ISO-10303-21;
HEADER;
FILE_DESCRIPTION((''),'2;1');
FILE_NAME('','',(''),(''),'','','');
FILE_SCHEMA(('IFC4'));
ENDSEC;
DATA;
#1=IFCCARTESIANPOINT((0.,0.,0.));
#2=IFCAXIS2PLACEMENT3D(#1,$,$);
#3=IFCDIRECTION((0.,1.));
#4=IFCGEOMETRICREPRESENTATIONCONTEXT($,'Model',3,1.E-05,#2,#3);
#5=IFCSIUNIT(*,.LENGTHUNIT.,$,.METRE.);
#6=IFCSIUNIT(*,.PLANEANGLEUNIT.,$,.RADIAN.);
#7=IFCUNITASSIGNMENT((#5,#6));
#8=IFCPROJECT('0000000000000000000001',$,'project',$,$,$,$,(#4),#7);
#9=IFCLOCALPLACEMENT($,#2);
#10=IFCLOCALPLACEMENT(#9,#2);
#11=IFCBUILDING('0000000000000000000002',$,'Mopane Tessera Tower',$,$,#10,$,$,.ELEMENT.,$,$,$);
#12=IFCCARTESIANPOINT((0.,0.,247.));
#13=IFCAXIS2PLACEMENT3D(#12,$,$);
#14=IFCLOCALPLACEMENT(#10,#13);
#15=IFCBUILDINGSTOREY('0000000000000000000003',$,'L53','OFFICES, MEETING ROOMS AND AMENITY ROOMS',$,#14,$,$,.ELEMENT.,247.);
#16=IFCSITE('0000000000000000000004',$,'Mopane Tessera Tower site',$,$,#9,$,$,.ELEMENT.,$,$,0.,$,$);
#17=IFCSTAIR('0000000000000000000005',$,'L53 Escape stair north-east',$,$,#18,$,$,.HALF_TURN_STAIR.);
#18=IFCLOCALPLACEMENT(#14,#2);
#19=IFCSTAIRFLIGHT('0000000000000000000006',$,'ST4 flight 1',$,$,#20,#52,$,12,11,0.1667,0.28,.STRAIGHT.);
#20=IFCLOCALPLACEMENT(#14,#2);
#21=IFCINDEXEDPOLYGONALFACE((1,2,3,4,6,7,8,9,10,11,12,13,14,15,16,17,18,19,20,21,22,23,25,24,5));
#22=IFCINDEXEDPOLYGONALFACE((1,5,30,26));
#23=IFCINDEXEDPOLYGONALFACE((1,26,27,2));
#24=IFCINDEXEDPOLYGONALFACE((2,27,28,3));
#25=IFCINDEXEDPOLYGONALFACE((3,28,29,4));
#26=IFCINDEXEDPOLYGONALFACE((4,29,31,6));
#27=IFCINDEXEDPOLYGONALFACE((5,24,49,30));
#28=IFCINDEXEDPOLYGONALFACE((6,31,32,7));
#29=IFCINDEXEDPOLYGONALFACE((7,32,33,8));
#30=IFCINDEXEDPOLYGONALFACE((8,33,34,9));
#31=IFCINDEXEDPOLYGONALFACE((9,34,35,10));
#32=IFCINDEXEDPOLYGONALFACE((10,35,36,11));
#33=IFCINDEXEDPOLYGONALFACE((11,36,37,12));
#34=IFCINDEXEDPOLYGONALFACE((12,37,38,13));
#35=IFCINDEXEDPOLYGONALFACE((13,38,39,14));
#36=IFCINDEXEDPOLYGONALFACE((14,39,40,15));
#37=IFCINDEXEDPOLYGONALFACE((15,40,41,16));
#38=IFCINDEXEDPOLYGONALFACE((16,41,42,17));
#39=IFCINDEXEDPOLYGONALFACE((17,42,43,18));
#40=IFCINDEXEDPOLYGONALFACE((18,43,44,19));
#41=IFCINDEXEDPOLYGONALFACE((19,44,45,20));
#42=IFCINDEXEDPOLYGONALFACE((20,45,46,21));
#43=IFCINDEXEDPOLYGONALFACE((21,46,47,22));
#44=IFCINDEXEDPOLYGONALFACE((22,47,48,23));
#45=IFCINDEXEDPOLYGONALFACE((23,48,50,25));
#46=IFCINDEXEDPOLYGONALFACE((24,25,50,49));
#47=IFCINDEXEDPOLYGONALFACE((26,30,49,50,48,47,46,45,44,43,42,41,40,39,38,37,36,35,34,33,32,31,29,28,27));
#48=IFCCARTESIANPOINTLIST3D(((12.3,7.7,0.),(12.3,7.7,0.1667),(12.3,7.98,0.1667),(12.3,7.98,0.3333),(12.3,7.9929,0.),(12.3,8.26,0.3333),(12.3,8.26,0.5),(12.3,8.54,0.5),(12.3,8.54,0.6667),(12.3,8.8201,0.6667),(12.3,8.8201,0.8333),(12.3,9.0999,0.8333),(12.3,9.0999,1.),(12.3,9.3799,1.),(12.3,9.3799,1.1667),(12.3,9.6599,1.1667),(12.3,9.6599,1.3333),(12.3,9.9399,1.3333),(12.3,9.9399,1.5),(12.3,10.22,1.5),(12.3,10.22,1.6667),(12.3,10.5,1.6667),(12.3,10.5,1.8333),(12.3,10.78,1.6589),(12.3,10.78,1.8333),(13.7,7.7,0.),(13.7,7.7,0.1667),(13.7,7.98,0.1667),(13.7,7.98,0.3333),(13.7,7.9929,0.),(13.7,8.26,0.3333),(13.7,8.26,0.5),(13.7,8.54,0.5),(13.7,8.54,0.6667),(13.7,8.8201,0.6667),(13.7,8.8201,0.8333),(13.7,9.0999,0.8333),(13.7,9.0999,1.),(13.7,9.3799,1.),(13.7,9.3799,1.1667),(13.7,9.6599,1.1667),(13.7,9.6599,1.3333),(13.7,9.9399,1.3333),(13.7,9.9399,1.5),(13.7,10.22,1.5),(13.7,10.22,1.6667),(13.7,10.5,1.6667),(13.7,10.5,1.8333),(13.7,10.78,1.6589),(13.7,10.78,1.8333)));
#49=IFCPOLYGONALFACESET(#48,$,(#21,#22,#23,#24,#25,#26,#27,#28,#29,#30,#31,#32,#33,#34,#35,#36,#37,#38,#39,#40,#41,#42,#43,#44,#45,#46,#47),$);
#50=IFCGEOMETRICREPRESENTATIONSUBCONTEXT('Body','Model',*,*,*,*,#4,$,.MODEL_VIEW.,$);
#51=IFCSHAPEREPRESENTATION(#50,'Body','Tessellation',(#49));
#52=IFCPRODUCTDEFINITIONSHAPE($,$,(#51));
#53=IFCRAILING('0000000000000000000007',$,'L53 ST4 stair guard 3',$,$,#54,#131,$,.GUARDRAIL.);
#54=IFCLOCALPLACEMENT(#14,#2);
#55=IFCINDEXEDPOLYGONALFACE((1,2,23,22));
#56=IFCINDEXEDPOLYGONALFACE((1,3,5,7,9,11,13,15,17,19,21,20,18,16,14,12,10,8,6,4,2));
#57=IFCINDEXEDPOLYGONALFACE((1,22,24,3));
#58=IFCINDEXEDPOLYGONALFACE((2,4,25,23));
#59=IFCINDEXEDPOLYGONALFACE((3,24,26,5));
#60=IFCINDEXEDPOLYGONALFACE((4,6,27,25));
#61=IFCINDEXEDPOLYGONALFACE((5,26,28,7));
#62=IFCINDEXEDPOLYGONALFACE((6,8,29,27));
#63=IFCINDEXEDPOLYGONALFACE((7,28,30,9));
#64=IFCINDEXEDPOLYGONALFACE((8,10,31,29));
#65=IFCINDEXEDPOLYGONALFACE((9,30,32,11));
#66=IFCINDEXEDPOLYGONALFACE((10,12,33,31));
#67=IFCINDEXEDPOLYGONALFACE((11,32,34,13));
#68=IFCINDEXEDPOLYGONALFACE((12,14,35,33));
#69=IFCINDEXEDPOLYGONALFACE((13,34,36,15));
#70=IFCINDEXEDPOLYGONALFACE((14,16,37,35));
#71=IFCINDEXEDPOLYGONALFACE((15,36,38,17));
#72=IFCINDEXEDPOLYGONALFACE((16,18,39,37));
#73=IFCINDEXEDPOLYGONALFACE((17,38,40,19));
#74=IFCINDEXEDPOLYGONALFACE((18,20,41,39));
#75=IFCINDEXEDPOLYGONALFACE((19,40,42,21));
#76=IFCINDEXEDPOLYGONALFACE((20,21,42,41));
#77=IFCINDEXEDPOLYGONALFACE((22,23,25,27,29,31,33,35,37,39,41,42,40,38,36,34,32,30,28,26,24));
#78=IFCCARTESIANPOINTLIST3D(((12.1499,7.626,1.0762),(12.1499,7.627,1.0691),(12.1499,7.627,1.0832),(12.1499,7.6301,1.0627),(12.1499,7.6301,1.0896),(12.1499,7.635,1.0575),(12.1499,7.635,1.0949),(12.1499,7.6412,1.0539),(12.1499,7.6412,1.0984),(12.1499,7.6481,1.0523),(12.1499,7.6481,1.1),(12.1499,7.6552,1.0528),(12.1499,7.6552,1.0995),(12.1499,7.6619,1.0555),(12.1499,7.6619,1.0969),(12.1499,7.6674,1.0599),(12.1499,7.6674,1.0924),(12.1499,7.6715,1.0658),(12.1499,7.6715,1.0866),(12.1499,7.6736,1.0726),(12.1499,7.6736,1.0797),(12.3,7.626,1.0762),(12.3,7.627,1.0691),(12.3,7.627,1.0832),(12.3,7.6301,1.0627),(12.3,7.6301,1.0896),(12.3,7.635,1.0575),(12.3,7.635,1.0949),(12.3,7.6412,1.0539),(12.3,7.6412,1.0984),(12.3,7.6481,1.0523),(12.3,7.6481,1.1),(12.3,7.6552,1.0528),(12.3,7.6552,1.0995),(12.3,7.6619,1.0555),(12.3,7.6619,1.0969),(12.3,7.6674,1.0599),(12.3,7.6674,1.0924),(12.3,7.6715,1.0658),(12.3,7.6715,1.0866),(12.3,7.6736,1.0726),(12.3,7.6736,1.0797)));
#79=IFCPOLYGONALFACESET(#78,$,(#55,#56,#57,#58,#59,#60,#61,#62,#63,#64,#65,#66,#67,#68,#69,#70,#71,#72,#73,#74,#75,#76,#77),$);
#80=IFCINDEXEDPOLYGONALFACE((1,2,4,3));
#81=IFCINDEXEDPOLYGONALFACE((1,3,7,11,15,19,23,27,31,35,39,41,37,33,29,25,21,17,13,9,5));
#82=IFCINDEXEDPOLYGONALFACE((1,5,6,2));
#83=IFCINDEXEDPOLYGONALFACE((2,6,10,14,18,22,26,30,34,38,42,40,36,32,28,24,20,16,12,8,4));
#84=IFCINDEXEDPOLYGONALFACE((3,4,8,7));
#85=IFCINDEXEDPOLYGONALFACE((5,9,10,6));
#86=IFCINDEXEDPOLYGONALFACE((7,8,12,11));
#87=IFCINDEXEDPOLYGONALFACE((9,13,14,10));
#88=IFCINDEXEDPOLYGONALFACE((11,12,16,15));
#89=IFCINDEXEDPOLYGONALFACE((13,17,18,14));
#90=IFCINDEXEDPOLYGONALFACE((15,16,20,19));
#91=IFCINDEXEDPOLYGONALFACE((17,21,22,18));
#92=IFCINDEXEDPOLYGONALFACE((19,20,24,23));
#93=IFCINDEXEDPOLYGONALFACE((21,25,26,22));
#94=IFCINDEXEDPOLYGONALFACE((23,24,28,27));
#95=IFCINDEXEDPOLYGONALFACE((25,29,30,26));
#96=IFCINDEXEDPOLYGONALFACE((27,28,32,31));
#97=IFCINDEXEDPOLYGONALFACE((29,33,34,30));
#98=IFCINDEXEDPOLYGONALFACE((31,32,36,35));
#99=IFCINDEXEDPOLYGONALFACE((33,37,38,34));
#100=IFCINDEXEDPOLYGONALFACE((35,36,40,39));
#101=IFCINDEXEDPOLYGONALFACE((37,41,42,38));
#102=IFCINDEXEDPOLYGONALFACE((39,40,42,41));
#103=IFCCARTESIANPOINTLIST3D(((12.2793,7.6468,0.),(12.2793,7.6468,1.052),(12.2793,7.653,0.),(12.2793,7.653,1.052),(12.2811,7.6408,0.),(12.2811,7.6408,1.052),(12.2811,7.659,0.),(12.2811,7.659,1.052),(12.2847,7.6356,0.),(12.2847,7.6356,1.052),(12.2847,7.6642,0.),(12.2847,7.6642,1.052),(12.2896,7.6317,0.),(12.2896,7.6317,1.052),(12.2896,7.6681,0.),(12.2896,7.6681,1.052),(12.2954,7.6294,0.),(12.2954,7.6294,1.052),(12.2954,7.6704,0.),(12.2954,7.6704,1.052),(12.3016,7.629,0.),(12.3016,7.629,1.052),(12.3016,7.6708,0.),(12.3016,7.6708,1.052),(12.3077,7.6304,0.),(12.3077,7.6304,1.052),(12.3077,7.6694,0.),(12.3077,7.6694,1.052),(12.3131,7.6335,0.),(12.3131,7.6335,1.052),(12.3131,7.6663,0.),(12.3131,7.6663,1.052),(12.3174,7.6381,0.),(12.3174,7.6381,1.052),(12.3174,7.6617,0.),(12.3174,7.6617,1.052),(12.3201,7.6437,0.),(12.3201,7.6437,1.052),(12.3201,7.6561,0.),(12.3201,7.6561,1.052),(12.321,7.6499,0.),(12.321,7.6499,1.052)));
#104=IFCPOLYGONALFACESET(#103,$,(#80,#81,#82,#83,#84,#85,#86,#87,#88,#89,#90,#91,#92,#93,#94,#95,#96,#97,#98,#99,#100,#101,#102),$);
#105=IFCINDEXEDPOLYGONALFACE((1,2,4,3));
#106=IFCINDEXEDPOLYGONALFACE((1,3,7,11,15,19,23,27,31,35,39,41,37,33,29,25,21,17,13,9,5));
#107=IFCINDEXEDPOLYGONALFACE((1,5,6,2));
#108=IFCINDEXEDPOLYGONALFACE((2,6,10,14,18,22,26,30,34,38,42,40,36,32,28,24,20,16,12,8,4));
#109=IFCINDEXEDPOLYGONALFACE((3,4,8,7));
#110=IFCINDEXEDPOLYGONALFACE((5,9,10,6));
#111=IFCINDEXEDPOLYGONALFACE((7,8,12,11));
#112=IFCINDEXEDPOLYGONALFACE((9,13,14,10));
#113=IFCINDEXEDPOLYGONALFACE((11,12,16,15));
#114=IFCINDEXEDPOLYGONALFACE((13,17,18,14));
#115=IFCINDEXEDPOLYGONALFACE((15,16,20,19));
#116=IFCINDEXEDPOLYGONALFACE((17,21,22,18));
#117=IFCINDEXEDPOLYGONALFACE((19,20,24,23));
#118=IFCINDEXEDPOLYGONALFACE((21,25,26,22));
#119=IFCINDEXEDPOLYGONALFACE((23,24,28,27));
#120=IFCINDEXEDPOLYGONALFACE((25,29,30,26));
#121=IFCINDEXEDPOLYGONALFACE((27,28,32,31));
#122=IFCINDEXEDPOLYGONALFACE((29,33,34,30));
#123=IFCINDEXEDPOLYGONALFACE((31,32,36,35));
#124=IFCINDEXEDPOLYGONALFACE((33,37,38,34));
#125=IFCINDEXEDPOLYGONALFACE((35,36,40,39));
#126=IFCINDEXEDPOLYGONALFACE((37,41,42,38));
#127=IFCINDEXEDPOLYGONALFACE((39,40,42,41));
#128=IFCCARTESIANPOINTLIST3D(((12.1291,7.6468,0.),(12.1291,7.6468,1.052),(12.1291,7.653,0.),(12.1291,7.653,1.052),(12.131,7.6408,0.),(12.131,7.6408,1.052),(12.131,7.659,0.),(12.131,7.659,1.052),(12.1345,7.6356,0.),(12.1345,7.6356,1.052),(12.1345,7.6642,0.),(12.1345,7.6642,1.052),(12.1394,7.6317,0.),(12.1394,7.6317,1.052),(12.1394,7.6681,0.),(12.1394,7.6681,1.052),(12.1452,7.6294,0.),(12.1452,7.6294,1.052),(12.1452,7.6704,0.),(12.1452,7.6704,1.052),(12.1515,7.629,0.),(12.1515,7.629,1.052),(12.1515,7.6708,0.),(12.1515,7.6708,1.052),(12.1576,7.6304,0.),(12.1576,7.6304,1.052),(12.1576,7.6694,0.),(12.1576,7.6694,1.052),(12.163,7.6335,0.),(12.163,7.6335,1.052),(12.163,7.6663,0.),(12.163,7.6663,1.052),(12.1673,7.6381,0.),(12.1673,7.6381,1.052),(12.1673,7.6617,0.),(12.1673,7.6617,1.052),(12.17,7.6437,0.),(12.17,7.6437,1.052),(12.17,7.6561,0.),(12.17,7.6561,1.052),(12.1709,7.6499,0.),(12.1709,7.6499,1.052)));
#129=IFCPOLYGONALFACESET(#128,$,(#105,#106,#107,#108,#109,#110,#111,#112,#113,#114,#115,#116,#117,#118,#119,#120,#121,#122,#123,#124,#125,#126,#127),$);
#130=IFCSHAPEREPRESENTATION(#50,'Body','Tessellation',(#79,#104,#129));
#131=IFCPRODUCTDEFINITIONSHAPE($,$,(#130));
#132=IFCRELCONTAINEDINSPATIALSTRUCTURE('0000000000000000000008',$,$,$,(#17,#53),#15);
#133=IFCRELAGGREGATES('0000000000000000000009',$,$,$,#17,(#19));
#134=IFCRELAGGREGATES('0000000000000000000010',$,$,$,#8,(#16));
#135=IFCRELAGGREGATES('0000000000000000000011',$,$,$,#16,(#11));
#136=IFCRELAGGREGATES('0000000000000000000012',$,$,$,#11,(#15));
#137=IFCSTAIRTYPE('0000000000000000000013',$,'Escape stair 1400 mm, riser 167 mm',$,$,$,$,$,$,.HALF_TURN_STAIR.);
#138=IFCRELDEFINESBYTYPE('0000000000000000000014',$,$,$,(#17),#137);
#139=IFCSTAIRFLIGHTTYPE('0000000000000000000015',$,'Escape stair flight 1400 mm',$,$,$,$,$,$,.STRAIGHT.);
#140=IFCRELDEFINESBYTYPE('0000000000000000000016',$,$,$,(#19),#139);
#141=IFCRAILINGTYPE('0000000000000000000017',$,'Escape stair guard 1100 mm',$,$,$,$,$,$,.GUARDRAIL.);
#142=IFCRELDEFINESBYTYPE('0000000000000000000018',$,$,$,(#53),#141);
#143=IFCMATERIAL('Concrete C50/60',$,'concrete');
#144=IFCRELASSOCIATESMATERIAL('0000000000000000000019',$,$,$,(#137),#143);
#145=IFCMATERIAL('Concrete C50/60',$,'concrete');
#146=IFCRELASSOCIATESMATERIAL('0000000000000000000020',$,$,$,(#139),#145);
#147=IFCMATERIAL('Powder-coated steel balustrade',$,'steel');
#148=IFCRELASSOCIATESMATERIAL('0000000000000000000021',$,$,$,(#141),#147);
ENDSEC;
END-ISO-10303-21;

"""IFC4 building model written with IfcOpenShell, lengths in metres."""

from ifc_helpers import new_model, si_unit, direction, frame, origin, origin_2d, place, context, subcontext, project, spatial, polyline, circle, outline, extrude, material, type_object, element, aggregate, save


model = new_model("IFC4")

# Units and contexts
model_context = context("Model", 3, precision=1e-05, world=origin(), true_north=direction((0.0, 1.0)))
body_context = subcontext(model_context, "Body", "Model", "MODEL_VIEW")
ifc_project = project(units=[si_unit("LENGTHUNIT", "METRE"), si_unit("PLANEANGLEUNIT", "RADIAN")], contexts=[model_context])

# Site, building, storey
site_placement = place(None, origin())
site = spatial("IfcSite", under=ifc_project, at=site_placement, Name="Mopane Tessera Tower site", CompositionType="ELEMENT", RefElevation=0.0)
building_placement = place(site_placement, origin())
building = spatial("IfcBuilding", under=site, at=building_placement, Name="Mopane Tessera Tower", CompositionType="ELEMENT")
storey_placement = place(building_placement, frame((0.0, 0.0, 247.0)))
storey = spatial("IfcBuildingStorey", under=building, at=storey_placement, Name="L53", Description="OFFICES, MEETING ROOMS AND AMENITY ROOMS", CompositionType="ELEMENT", Elevation=247.0)

# Stair
ifc_material_1 = material(Name="Concrete C50/60", Category="concrete")
stair_type = type_object("IfcStairType", Name="Escape stair 1400 mm, riser 167 mm", PredefinedType="HALF_TURN_STAIR", material=ifc_material_1)
stair_1_placement = place(storey_placement, origin())
stair_1 = element("IfcStair", 1, at=stair_1_placement, inside=storey, type_object=stair_type, Name="L53 Escape stair north-east", PredefinedType="HALF_TURN_STAIR")

# Stair flight
ifc_material_2 = material(Name="Concrete C50/60", Category="concrete")
stair_flight_type = type_object("IfcStairFlightType", Name="Escape stair flight 1400 mm", PredefinedType="STRAIGHT", material=ifc_material_2)
stair_flight_placement = place(storey_placement, frame((13.0, 7.7, 0.0), z_axis=(0.0, 0.0, 1.0), x_axis=(0.0, 1.0, 0.0)))
stair_flight = element("IfcStairFlight", 2, at=stair_flight_placement, type_object=stair_flight_type, Name="ST4 flight 1", NumberOfRisers=12, NumberOfTreads=11, PredefinedType="STRAIGHT", RiserHeight=0.1667, TreadLength=0.28, context=body_context, shape_type="SweptSolid", body=[
    extrude(outline(polyline([(0.0, 0.0), (0.0, 0.1667), (0.28, 0.1667), (0.28, 0.3333), (0.5601, 0.3333), (0.5601, 0.5), (0.8401, 0.5), (0.8401, 0.6667), (1.1201, 0.6667), (1.1201, 0.8333), (1.3999, 0.8333), (1.3999, 1.0), (1.6799, 1.0), (1.6799, 1.1667), (1.96, 1.1667), (1.96, 1.3333), (2.24, 1.3333), (2.24, 1.5), (2.52, 1.5), (2.52, 1.6667), (2.8, 1.6667), (2.8, 1.8333), (3.0801, 1.8333), (3.0801, 2.0), (3.0801, 1.6589), (0.293, 0.0), (0.0, 0.0)])), frame((0.0, 0.7, 0.0), z_axis=(0.0, -1.0, 0.0), x_axis=(1.0, 0.0, 0.0)), (0.0, 0.0, 1.0), 1.3999),
])
aggregate(stair_1, [stair_flight])

# Railing
ifc_material_3 = material(Name="Powder-coated steel balustrade", Category="steel")
railing_type_1 = type_object("IfcRailingType", Name="Escape stair guard 1100 mm", PredefinedType="GUARDRAIL", material=ifc_material_3)
railing_1_placement = place(storey_placement, frame((12.3, 7.6499, 0.0)))
element("IfcRailing", 3, at=railing_1_placement, inside=storey, type_object=railing_type_1, Name="L53 ST4 stair guard 3", PredefinedType="GUARDRAIL", context=body_context, shape_type="SweptSolid", body=[
    extrude(circle(Radius=0.0239, at=origin_2d()), frame((0.0, 0.0, 1.0762), z_axis=(-1.0, 0.0, 0.0), x_axis=(0.0, -1.0, 0.0)), (0.0, 0.0, 1.0), 0.1501),
    extrude(circle(Radius=0.021, at=origin_2d()), origin(), (0.0, 0.0, 1.0), 1.052),
    extrude(circle(Radius=0.021, at=origin_2d()), frame((-0.1501, 0.0, 0.0)), (0.0, 0.0, 1.0), 1.052),
])

save(model, "model.ifc")
